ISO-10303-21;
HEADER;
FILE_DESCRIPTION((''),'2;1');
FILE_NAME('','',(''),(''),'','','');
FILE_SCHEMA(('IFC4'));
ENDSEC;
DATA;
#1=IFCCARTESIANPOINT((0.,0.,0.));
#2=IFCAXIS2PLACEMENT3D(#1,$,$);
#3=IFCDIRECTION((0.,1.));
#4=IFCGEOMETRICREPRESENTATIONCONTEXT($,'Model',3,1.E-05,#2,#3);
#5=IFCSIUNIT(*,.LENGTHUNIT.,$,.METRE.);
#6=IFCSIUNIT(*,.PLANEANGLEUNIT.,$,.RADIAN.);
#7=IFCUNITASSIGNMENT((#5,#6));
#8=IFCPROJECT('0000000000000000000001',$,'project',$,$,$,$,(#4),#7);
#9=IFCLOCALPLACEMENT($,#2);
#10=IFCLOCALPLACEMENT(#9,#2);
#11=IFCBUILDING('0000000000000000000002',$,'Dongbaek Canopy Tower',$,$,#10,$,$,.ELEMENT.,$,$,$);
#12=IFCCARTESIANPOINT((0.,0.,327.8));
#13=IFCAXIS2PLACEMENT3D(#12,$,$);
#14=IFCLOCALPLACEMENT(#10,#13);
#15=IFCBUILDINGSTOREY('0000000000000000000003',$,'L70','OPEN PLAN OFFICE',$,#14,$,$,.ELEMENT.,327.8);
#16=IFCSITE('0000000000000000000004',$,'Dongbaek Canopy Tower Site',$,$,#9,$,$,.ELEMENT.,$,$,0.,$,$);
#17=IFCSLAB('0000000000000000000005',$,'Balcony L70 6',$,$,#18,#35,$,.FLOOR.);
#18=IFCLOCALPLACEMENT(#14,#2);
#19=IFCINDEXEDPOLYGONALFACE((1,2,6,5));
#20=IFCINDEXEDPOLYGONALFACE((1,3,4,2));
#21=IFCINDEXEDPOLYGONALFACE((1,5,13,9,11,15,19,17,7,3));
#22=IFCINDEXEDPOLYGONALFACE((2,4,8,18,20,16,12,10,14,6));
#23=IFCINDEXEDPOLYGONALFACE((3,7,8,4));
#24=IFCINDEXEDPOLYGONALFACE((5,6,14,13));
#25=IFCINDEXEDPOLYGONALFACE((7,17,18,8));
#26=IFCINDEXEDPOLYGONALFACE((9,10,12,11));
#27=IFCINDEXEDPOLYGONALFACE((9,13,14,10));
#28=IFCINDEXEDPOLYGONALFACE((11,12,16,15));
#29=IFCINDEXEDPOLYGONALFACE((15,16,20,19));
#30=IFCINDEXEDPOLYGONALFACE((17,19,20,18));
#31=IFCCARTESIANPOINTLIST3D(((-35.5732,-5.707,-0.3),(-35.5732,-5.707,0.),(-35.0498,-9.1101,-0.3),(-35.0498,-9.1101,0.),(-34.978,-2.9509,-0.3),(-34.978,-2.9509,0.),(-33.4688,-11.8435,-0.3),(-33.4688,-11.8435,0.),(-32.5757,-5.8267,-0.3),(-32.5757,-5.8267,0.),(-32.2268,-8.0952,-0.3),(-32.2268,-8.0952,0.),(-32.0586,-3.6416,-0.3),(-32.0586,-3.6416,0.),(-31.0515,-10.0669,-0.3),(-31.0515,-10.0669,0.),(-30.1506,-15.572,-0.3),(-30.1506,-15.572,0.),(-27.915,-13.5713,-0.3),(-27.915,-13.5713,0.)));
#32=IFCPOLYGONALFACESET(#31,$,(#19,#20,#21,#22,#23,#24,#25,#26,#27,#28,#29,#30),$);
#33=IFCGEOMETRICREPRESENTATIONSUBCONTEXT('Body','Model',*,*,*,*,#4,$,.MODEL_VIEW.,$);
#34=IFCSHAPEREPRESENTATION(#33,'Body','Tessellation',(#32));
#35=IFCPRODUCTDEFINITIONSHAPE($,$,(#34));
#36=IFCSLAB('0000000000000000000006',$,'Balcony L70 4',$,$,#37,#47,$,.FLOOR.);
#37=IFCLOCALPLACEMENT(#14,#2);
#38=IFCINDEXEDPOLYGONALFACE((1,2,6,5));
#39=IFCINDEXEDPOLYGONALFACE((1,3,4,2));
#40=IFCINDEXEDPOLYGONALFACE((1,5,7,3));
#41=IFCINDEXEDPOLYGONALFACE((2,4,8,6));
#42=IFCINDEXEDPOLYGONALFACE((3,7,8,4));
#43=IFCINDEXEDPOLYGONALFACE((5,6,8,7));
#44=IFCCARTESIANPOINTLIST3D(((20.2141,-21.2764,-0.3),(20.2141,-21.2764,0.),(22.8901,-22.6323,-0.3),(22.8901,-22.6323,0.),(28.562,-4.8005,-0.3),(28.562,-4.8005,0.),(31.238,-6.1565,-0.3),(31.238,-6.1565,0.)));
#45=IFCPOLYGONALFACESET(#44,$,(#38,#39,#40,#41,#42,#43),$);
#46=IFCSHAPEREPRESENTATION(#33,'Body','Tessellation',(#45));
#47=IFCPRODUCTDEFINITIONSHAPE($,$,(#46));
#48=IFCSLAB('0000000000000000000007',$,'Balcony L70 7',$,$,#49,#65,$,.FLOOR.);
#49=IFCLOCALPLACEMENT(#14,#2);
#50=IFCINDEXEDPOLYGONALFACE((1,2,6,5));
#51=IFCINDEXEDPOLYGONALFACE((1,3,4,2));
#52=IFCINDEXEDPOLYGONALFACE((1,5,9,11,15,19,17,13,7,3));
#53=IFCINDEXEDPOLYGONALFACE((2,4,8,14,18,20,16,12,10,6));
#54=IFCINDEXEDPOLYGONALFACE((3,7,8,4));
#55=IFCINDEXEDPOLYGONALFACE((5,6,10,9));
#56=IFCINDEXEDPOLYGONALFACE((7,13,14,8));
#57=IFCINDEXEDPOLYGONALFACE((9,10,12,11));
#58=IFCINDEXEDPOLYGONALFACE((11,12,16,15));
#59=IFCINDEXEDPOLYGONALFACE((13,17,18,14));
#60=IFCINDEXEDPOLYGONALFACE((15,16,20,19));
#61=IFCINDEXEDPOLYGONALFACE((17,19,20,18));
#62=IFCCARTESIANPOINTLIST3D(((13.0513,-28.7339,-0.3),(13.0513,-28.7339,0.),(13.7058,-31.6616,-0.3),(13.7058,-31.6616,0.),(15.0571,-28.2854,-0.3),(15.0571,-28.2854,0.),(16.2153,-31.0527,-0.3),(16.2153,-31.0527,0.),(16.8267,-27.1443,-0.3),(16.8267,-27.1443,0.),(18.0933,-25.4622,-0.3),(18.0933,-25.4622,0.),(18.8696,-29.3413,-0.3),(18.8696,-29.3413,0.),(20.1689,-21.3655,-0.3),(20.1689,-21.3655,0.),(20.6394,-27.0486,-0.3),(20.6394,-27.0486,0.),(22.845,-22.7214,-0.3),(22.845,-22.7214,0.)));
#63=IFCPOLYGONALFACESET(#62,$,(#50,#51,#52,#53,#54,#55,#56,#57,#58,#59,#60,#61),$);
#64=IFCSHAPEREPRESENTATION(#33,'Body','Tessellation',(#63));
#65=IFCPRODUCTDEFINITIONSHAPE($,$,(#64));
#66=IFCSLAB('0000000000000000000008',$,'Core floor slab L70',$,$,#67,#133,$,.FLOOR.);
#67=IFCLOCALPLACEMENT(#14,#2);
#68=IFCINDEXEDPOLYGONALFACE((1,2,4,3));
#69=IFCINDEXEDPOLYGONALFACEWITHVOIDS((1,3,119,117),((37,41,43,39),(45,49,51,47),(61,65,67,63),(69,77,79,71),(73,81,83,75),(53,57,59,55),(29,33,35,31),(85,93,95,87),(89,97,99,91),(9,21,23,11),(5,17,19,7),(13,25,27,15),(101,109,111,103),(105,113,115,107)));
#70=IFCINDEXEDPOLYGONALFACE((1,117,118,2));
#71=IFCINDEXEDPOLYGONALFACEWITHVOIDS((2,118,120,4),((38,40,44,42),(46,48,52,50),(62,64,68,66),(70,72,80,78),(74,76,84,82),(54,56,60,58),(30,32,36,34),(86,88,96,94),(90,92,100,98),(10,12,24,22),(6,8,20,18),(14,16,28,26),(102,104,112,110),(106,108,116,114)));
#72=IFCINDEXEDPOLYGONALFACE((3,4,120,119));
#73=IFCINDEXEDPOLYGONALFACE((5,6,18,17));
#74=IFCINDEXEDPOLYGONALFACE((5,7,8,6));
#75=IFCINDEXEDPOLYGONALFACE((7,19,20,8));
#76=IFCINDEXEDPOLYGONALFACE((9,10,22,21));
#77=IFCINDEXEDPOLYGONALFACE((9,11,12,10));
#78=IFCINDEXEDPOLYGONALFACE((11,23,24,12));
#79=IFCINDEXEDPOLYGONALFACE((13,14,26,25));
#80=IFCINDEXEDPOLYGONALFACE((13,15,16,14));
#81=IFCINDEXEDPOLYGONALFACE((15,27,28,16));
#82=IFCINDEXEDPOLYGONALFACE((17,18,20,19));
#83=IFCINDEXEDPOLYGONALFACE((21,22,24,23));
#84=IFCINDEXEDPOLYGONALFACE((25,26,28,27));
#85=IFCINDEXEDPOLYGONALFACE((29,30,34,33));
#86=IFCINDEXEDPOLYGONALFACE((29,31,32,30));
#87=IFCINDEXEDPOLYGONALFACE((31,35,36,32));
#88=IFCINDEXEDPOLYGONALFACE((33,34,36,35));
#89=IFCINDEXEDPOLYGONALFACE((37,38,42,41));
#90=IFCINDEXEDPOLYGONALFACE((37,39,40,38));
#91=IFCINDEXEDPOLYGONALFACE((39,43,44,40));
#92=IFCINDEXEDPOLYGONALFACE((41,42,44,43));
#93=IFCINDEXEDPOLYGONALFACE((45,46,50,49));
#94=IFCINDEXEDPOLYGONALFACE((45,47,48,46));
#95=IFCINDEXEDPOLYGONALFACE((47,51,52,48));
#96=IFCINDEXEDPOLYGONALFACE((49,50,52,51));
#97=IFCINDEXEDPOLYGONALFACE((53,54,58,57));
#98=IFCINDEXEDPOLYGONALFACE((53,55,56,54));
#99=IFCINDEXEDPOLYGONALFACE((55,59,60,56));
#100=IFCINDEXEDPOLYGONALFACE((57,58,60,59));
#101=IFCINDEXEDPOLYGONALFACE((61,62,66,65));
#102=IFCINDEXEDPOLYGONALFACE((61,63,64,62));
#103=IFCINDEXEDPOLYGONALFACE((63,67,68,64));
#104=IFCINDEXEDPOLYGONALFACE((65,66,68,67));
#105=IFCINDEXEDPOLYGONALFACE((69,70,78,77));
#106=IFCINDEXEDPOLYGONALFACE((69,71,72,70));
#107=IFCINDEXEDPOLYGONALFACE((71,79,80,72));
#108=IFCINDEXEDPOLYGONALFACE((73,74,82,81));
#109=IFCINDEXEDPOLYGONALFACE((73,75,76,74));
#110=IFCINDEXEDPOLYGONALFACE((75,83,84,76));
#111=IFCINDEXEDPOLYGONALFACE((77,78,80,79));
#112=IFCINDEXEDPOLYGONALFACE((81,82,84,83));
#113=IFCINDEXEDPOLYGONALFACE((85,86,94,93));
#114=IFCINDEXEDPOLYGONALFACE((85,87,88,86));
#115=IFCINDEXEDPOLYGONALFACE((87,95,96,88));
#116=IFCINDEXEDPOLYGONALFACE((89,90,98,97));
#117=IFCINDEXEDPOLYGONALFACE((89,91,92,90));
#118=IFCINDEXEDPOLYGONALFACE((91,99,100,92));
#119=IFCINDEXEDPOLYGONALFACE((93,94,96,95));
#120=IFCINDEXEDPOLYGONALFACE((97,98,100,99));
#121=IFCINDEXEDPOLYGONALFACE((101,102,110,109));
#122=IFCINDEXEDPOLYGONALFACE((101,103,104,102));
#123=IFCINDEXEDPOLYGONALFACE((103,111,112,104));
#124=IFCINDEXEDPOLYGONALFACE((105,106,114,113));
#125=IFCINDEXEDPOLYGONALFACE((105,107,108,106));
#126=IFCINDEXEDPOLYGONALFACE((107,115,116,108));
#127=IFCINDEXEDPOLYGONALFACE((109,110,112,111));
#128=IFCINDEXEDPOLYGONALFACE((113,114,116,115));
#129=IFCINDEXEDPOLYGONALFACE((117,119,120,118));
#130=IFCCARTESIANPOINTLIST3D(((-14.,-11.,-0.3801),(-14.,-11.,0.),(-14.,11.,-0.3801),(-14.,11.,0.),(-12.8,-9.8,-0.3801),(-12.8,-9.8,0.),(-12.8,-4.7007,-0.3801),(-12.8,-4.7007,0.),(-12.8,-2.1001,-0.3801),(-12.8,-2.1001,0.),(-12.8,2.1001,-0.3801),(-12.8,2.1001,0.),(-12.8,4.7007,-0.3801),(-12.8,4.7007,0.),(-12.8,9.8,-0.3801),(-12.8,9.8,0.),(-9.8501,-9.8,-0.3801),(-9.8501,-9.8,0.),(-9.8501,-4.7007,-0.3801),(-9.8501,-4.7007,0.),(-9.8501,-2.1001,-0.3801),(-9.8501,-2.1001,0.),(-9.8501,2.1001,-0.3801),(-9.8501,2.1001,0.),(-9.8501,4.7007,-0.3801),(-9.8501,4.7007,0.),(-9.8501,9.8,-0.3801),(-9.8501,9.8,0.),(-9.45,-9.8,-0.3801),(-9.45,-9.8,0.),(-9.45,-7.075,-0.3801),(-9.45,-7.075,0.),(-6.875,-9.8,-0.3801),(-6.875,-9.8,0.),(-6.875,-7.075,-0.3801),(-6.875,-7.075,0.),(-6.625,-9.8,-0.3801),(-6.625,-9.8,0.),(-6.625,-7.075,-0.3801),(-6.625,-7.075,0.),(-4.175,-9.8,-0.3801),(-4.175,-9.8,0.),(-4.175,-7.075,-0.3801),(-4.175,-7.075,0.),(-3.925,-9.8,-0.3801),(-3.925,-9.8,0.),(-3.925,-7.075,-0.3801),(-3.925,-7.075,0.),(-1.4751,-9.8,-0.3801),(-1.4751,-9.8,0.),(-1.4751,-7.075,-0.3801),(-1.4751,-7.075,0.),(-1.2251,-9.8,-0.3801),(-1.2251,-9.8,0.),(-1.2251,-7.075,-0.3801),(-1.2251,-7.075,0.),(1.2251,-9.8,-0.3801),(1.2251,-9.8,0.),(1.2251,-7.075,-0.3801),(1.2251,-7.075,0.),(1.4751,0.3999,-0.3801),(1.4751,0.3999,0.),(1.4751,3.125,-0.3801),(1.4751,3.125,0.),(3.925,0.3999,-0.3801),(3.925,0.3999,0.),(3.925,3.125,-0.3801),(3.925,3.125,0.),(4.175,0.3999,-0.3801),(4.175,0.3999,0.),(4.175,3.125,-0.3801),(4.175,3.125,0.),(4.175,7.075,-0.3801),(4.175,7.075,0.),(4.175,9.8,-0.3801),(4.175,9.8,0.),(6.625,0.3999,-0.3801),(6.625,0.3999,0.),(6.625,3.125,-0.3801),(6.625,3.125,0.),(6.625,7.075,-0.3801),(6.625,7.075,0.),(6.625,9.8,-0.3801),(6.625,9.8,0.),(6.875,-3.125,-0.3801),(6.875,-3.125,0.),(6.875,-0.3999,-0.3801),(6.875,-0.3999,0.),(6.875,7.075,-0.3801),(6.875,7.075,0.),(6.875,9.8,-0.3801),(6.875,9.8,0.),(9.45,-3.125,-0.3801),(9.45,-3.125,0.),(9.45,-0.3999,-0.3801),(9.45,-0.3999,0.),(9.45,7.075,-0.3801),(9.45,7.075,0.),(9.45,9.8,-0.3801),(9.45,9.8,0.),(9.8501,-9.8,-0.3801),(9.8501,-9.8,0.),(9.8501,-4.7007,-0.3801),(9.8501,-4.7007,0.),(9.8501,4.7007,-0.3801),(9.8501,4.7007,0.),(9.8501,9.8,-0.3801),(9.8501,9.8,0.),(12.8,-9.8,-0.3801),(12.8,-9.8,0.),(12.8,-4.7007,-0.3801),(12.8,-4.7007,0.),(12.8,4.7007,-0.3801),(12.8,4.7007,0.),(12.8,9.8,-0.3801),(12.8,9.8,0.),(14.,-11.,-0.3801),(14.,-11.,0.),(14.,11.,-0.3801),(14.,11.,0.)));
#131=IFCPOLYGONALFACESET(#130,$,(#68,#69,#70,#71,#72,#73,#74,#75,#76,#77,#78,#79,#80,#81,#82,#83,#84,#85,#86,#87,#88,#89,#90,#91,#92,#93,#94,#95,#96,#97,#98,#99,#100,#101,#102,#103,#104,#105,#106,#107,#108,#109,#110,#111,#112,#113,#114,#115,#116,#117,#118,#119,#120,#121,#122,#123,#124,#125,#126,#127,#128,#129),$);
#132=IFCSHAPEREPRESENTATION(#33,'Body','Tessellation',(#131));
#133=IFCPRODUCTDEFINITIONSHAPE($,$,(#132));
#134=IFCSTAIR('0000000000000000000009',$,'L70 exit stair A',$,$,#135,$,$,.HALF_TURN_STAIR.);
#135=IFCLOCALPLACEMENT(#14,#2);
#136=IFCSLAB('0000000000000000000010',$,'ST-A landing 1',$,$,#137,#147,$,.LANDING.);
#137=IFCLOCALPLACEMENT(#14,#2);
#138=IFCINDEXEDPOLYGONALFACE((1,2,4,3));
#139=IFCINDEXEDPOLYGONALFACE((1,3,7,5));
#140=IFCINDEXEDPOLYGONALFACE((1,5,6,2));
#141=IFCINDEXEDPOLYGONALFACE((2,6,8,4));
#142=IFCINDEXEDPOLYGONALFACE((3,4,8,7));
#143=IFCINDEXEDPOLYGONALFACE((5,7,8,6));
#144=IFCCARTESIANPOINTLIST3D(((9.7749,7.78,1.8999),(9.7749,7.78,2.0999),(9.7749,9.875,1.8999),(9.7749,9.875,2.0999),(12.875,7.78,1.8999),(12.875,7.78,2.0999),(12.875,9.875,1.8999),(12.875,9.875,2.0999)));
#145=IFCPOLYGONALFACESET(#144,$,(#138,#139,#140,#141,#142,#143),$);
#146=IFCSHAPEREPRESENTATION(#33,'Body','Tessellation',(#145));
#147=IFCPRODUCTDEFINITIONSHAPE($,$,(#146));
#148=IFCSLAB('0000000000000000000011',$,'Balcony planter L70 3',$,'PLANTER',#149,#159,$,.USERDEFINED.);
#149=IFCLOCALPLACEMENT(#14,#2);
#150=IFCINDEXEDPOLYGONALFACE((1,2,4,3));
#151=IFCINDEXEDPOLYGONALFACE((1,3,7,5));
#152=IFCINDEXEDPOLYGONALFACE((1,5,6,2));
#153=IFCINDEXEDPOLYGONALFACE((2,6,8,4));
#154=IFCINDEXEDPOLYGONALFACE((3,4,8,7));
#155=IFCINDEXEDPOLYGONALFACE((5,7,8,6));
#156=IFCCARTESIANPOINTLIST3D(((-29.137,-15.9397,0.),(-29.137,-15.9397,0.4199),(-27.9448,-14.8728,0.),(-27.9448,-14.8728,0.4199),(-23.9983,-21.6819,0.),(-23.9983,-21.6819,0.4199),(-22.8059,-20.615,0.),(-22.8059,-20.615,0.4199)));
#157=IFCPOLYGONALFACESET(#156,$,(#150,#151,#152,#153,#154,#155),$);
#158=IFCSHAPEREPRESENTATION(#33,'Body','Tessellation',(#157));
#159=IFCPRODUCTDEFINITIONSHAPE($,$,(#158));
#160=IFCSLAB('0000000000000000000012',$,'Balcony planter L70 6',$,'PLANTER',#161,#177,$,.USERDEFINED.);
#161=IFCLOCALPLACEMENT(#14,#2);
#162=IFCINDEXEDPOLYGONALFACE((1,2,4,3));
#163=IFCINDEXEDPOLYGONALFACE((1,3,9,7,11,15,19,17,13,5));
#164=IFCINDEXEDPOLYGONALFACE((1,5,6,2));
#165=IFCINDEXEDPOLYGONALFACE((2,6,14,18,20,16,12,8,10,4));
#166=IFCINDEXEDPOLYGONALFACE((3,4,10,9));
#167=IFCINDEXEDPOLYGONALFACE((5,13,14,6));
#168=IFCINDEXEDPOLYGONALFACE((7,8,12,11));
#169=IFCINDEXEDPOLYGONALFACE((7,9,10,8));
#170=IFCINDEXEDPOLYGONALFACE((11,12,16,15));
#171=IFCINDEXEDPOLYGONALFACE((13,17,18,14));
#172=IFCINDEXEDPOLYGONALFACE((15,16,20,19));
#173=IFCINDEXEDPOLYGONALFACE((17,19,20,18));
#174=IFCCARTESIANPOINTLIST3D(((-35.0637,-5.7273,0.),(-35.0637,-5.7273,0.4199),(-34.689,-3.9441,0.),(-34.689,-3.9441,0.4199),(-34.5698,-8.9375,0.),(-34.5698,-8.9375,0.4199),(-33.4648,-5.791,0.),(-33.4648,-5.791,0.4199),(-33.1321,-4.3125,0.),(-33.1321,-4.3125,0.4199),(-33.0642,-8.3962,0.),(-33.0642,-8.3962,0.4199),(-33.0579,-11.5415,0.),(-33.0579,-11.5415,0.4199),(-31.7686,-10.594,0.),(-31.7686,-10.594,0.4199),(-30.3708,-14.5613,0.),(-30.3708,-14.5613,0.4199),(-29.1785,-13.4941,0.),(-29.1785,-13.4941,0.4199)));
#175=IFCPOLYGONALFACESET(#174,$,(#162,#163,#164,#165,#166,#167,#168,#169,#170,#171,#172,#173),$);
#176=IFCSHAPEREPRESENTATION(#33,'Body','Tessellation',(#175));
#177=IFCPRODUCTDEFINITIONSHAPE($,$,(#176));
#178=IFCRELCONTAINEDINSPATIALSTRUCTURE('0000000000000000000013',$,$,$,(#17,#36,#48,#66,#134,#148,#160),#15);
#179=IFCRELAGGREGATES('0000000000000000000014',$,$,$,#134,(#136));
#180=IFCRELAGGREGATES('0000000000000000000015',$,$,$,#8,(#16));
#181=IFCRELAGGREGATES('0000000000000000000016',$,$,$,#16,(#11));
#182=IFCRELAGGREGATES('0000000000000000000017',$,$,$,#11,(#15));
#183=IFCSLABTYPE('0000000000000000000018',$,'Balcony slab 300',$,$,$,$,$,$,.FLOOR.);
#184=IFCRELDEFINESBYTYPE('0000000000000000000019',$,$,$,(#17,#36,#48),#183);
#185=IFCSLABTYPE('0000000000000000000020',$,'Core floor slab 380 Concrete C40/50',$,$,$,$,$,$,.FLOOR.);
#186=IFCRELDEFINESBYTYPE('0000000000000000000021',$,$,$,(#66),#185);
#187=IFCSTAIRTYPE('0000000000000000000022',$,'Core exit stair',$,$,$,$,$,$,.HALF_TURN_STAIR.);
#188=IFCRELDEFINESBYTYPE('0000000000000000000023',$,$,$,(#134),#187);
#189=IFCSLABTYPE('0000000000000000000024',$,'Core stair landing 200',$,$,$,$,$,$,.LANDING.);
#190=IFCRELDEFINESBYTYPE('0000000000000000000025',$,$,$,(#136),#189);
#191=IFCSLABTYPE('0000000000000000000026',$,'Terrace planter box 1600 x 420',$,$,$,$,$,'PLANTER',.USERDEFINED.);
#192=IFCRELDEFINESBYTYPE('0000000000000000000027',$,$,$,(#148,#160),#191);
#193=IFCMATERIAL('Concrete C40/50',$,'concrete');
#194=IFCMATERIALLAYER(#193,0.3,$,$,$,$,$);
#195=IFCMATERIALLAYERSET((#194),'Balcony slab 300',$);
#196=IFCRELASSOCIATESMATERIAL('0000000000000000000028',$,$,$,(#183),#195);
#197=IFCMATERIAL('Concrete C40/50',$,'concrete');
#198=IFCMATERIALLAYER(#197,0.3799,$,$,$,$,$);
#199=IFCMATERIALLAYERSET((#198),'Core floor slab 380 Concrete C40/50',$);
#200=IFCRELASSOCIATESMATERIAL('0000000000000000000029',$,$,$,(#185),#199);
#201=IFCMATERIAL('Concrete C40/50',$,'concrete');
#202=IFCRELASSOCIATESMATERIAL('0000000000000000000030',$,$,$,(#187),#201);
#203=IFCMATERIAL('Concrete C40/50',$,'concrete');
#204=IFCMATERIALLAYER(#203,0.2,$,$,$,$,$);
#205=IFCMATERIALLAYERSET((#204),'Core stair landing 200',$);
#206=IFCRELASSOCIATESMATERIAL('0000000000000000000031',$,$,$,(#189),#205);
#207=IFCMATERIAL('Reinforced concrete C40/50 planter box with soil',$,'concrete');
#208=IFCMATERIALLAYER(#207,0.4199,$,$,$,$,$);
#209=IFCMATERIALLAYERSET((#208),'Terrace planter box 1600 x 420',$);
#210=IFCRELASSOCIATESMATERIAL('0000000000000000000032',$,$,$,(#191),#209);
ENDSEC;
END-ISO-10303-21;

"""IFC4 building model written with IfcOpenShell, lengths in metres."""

from ifc_helpers import new_model, si_unit, direction, frame, origin, place, context, subcontext, project, spatial, polyline, outline, extrude, material, layer, layer_set, type_object, element, aggregate, save


model = new_model("IFC4")

# Units and contexts
model_context = context("Model", 3, precision=1e-05, world=origin(), true_north=direction((0.0, 1.0)))
body_context = subcontext(model_context, "Body", "Model", "MODEL_VIEW")
ifc_project = project(units=[si_unit("LENGTHUNIT", "METRE"), si_unit("PLANEANGLEUNIT", "RADIAN")], contexts=[model_context])

# Site, building, storey
site_placement = place(None, origin())
site = spatial("IfcSite", under=ifc_project, at=site_placement, Name="Dongbaek Canopy Tower Site", CompositionType="ELEMENT", RefElevation=0.0)
building_placement = place(site_placement, origin())
building = spatial("IfcBuilding", under=site, at=building_placement, Name="Dongbaek Canopy Tower", CompositionType="ELEMENT")
storey_placement = place(building_placement, frame((0.0, 0.0, 327.8)))
storey = spatial("IfcBuildingStorey", under=building, at=storey_placement, Name="L70", Description="OPEN PLAN OFFICE", CompositionType="ELEMENT", Elevation=327.8)

# Slabs
ifc_material_1 = material(Name="Concrete C40/50", Category="concrete")
ifc_layer_1 = layer(ifc_material_1, 0.3)
ifc_layer_set_1 = layer_set([ifc_layer_1], Name="Balcony slab 300")
slab_type_1 = type_object("IfcSlabType", Name="Balcony slab 300", PredefinedType="FLOOR", material=ifc_layer_set_1)
slab_1_placement = place(storey_placement, frame((0.0, 0.0, -0.3)))
element("IfcSlab", 1, at=slab_1_placement, inside=storey, type_object=slab_type_1, Name="Balcony L70 6", PredefinedType="FLOOR", context=body_context, shape_type="SweptSolid", body=[
    extrude(outline(polyline([(-32.0586, -3.6416), (-32.5757, -5.8267), (-32.2268, -8.0952), (-31.0515, -10.0669), (-27.915, -13.5713), (-30.1506, -15.572), (-33.4688, -11.8435), (-35.0498, -9.1101), (-35.5732, -5.707), (-34.978, -2.9509), (-32.0586, -3.6416)])), origin(), (0.0, 0.0, 1.0), 0.3),
])
slab_2_placement = place(storey_placement, frame((0.0, 0.0, -0.3)))
element("IfcSlab", 2, at=slab_2_placement, inside=storey, type_object=slab_type_1, Name="Balcony L70 4", PredefinedType="FLOOR", context=body_context, shape_type="SweptSolid", body=[
    extrude(outline(polyline([(20.2141, -21.2764), (28.562, -4.8005), (31.238, -6.1565), (22.8901, -22.6323), (20.2141, -21.2764)])), origin(), (0.0, 0.0, 1.0), 0.3),
])
slab_3_placement = place(storey_placement, frame((0.0, 0.0, -0.3)))
element("IfcSlab", 3, at=slab_3_placement, inside=storey, type_object=slab_type_1, Name="Balcony L70 7", PredefinedType="FLOOR", context=body_context, shape_type="SweptSolid", body=[
    extrude(outline(polyline([(13.0513, -28.7339), (15.0571, -28.2854), (16.8267, -27.1443), (18.0933, -25.4622), (20.1689, -21.3655), (22.845, -22.7214), (20.6394, -27.0486), (18.8696, -29.3413), (16.2153, -31.0527), (13.7058, -31.6616), (13.0513, -28.7339)])), origin(), (0.0, 0.0, 1.0), 0.3),
])
ifc_material_2 = material(Name="Concrete C40/50", Category="concrete")
ifc_layer_2 = layer(ifc_material_2, 0.3799)
ifc_layer_set_2 = layer_set([ifc_layer_2], Name="Core floor slab 380 Concrete C40/50")
slab_type_2 = type_object("IfcSlabType", Name="Core floor slab 380 Concrete C40/50", PredefinedType="FLOOR", material=ifc_layer_set_2)
slab_4_placement = place(storey_placement, frame((0.0, 0.0, -0.3801)))
element("IfcSlab", 4, at=slab_4_placement, inside=storey, type_object=slab_type_2, Name="Core floor slab L70", PredefinedType="FLOOR", context=body_context, shape_type="SweptSolid", body=[
    extrude(outline(polyline([(14.0, -11.0), (14.0, 11.0), (-14.0, 11.0), (-14.0, -11.0), (14.0, -11.0)]), holes=[polyline([(-12.8, 2.1001), (-9.8501, 2.1001), (-9.8501, -2.1001), (-12.8, -2.1001), (-12.8, 2.1001)]), polyline([(6.625, 9.8), (6.625, 7.075), (4.175, 7.075), (4.175, 9.8), (6.625, 9.8)]), polyline([(9.45, 7.075), (6.875, 7.075), (6.875, 9.8), (9.45, 9.8), (9.45, 7.075)]), polyline([(1.4751, 0.3999), (1.4751, 3.125), (3.925, 3.125), (3.925, 0.3999), (1.4751, 0.3999)]), polyline([(4.175, 0.3999), (4.175, 3.125), (6.625, 3.125), (6.625, 0.3999), (4.175, 0.3999)]), polyline([(9.45, -3.125), (6.875, -3.125), (6.875, -0.3999), (9.45, -0.3999), (9.45, -3.125)]), polyline([(-9.45, -7.075), (-6.875, -7.075), (-6.875, -9.8), (-9.45, -9.8), (-9.45, -7.075)]), polyline([(-6.625, -9.8), (-6.625, -7.075), (-4.175, -7.075), (-4.175, -9.8), (-6.625, -9.8)]), polyline([(-3.925, -9.8), (-3.925, -7.075), (-1.4751, -7.075), (-1.4751, -9.8), (-3.925, -9.8)]), polyline([(-1.2251, -9.8), (-1.2251, -7.075), (1.2251, -7.075), (1.2251, -9.8), (-1.2251, -9.8)]), polyline([(12.8, 4.7007), (12.8, 9.8), (9.8501, 9.8), (9.8501, 4.7007), (12.8, 4.7007)]), polyline([(-9.8501, 4.7007), (-9.8501, 9.8), (-12.8, 9.8), (-12.8, 4.7007), (-9.8501, 4.7007)]), polyline([(9.8501, -4.7007), (9.8501, -9.8), (12.8, -9.8), (12.8, -4.7007), (9.8501, -4.7007)]), polyline([(-12.8, -4.7007), (-12.8, -9.8), (-9.8501, -9.8), (-9.8501, -4.7007), (-12.8, -4.7007)])]), origin(), (0.0, 0.0, 1.0), 0.3801),
])

# Stair, slab
ifc_material_3 = material(Name="Concrete C40/50", Category="concrete")
stair_type = type_object("IfcStairType", Name="Core exit stair", PredefinedType="HALF_TURN_STAIR", material=ifc_material_3)
stair_1_placement = place(storey_placement, origin())
stair_1 = element("IfcStair", 5, at=stair_1_placement, inside=storey, type_object=stair_type, Name="L70 exit stair A", PredefinedType="HALF_TURN_STAIR")
ifc_material_4 = material(Name="Concrete C40/50", Category="concrete")
ifc_layer_3 = layer(ifc_material_4, 0.2)
ifc_layer_set_3 = layer_set([ifc_layer_3], Name="Core stair landing 200")
slab_type_3 = type_object("IfcSlabType", Name="Core stair landing 200", PredefinedType="LANDING", material=ifc_layer_set_3)
slab_5_placement = place(storey_placement, frame((0.0, 0.0, 1.8999)))
slab_5 = element("IfcSlab", 6, at=slab_5_placement, type_object=slab_type_3, Name="ST-A landing 1", PredefinedType="LANDING", context=body_context, shape_type="SweptSolid", body=[
    extrude(outline(polyline([(12.875, 7.78), (12.875, 9.875), (9.7749, 9.875), (9.7749, 7.78), (12.875, 7.78)])), origin(), (0.0, 0.0, 1.0), 0.2),
])
aggregate(stair_1, [slab_5])

# Slabs
ifc_material_5 = material(Name="Reinforced concrete C40/50 planter box with soil", Category="concrete")
ifc_layer_4 = layer(ifc_material_5, 0.4199)
ifc_layer_set_4 = layer_set([ifc_layer_4], Name="Terrace planter box 1600 x 420")
slab_type_4 = type_object("IfcSlabType", Name="Terrace planter box 1600 x 420", ElementType="PLANTER", PredefinedType="USERDEFINED", material=ifc_layer_set_4)
slab_6_placement = place(storey_placement, origin())
element("IfcSlab", 7, at=slab_6_placement, inside=storey, type_object=slab_type_4, Name="Balcony planter L70 3", ObjectType="PLANTER", PredefinedType="USERDEFINED", context=body_context, shape_type="SweptSolid", body=[
    extrude(outline(polyline([(-27.9448, -14.8728), (-22.8059, -20.615), (-23.9983, -21.6819), (-29.137, -15.9397), (-27.9448, -14.8728)])), origin(), (0.0, 0.0, 1.0), 0.4199),
])
slab_7_placement = place(storey_placement, origin())
element("IfcSlab", 8, at=slab_7_placement, inside=storey, type_object=slab_type_4, Name="Balcony planter L70 6", ObjectType="PLANTER", PredefinedType="USERDEFINED", context=body_context, shape_type="SweptSolid", body=[
    extrude(outline(polyline([(-33.1321, -4.3125), (-33.4648, -5.791), (-33.0642, -8.3962), (-31.7686, -10.594), (-29.1785, -13.4941), (-30.3708, -14.5613), (-33.0579, -11.5415), (-34.5698, -8.9375), (-35.0637, -5.7273), (-34.689, -3.9441), (-33.1321, -4.3125)])), origin(), (0.0, 0.0, 1.0), 0.4199),
])

save(model, "model.ifc")
